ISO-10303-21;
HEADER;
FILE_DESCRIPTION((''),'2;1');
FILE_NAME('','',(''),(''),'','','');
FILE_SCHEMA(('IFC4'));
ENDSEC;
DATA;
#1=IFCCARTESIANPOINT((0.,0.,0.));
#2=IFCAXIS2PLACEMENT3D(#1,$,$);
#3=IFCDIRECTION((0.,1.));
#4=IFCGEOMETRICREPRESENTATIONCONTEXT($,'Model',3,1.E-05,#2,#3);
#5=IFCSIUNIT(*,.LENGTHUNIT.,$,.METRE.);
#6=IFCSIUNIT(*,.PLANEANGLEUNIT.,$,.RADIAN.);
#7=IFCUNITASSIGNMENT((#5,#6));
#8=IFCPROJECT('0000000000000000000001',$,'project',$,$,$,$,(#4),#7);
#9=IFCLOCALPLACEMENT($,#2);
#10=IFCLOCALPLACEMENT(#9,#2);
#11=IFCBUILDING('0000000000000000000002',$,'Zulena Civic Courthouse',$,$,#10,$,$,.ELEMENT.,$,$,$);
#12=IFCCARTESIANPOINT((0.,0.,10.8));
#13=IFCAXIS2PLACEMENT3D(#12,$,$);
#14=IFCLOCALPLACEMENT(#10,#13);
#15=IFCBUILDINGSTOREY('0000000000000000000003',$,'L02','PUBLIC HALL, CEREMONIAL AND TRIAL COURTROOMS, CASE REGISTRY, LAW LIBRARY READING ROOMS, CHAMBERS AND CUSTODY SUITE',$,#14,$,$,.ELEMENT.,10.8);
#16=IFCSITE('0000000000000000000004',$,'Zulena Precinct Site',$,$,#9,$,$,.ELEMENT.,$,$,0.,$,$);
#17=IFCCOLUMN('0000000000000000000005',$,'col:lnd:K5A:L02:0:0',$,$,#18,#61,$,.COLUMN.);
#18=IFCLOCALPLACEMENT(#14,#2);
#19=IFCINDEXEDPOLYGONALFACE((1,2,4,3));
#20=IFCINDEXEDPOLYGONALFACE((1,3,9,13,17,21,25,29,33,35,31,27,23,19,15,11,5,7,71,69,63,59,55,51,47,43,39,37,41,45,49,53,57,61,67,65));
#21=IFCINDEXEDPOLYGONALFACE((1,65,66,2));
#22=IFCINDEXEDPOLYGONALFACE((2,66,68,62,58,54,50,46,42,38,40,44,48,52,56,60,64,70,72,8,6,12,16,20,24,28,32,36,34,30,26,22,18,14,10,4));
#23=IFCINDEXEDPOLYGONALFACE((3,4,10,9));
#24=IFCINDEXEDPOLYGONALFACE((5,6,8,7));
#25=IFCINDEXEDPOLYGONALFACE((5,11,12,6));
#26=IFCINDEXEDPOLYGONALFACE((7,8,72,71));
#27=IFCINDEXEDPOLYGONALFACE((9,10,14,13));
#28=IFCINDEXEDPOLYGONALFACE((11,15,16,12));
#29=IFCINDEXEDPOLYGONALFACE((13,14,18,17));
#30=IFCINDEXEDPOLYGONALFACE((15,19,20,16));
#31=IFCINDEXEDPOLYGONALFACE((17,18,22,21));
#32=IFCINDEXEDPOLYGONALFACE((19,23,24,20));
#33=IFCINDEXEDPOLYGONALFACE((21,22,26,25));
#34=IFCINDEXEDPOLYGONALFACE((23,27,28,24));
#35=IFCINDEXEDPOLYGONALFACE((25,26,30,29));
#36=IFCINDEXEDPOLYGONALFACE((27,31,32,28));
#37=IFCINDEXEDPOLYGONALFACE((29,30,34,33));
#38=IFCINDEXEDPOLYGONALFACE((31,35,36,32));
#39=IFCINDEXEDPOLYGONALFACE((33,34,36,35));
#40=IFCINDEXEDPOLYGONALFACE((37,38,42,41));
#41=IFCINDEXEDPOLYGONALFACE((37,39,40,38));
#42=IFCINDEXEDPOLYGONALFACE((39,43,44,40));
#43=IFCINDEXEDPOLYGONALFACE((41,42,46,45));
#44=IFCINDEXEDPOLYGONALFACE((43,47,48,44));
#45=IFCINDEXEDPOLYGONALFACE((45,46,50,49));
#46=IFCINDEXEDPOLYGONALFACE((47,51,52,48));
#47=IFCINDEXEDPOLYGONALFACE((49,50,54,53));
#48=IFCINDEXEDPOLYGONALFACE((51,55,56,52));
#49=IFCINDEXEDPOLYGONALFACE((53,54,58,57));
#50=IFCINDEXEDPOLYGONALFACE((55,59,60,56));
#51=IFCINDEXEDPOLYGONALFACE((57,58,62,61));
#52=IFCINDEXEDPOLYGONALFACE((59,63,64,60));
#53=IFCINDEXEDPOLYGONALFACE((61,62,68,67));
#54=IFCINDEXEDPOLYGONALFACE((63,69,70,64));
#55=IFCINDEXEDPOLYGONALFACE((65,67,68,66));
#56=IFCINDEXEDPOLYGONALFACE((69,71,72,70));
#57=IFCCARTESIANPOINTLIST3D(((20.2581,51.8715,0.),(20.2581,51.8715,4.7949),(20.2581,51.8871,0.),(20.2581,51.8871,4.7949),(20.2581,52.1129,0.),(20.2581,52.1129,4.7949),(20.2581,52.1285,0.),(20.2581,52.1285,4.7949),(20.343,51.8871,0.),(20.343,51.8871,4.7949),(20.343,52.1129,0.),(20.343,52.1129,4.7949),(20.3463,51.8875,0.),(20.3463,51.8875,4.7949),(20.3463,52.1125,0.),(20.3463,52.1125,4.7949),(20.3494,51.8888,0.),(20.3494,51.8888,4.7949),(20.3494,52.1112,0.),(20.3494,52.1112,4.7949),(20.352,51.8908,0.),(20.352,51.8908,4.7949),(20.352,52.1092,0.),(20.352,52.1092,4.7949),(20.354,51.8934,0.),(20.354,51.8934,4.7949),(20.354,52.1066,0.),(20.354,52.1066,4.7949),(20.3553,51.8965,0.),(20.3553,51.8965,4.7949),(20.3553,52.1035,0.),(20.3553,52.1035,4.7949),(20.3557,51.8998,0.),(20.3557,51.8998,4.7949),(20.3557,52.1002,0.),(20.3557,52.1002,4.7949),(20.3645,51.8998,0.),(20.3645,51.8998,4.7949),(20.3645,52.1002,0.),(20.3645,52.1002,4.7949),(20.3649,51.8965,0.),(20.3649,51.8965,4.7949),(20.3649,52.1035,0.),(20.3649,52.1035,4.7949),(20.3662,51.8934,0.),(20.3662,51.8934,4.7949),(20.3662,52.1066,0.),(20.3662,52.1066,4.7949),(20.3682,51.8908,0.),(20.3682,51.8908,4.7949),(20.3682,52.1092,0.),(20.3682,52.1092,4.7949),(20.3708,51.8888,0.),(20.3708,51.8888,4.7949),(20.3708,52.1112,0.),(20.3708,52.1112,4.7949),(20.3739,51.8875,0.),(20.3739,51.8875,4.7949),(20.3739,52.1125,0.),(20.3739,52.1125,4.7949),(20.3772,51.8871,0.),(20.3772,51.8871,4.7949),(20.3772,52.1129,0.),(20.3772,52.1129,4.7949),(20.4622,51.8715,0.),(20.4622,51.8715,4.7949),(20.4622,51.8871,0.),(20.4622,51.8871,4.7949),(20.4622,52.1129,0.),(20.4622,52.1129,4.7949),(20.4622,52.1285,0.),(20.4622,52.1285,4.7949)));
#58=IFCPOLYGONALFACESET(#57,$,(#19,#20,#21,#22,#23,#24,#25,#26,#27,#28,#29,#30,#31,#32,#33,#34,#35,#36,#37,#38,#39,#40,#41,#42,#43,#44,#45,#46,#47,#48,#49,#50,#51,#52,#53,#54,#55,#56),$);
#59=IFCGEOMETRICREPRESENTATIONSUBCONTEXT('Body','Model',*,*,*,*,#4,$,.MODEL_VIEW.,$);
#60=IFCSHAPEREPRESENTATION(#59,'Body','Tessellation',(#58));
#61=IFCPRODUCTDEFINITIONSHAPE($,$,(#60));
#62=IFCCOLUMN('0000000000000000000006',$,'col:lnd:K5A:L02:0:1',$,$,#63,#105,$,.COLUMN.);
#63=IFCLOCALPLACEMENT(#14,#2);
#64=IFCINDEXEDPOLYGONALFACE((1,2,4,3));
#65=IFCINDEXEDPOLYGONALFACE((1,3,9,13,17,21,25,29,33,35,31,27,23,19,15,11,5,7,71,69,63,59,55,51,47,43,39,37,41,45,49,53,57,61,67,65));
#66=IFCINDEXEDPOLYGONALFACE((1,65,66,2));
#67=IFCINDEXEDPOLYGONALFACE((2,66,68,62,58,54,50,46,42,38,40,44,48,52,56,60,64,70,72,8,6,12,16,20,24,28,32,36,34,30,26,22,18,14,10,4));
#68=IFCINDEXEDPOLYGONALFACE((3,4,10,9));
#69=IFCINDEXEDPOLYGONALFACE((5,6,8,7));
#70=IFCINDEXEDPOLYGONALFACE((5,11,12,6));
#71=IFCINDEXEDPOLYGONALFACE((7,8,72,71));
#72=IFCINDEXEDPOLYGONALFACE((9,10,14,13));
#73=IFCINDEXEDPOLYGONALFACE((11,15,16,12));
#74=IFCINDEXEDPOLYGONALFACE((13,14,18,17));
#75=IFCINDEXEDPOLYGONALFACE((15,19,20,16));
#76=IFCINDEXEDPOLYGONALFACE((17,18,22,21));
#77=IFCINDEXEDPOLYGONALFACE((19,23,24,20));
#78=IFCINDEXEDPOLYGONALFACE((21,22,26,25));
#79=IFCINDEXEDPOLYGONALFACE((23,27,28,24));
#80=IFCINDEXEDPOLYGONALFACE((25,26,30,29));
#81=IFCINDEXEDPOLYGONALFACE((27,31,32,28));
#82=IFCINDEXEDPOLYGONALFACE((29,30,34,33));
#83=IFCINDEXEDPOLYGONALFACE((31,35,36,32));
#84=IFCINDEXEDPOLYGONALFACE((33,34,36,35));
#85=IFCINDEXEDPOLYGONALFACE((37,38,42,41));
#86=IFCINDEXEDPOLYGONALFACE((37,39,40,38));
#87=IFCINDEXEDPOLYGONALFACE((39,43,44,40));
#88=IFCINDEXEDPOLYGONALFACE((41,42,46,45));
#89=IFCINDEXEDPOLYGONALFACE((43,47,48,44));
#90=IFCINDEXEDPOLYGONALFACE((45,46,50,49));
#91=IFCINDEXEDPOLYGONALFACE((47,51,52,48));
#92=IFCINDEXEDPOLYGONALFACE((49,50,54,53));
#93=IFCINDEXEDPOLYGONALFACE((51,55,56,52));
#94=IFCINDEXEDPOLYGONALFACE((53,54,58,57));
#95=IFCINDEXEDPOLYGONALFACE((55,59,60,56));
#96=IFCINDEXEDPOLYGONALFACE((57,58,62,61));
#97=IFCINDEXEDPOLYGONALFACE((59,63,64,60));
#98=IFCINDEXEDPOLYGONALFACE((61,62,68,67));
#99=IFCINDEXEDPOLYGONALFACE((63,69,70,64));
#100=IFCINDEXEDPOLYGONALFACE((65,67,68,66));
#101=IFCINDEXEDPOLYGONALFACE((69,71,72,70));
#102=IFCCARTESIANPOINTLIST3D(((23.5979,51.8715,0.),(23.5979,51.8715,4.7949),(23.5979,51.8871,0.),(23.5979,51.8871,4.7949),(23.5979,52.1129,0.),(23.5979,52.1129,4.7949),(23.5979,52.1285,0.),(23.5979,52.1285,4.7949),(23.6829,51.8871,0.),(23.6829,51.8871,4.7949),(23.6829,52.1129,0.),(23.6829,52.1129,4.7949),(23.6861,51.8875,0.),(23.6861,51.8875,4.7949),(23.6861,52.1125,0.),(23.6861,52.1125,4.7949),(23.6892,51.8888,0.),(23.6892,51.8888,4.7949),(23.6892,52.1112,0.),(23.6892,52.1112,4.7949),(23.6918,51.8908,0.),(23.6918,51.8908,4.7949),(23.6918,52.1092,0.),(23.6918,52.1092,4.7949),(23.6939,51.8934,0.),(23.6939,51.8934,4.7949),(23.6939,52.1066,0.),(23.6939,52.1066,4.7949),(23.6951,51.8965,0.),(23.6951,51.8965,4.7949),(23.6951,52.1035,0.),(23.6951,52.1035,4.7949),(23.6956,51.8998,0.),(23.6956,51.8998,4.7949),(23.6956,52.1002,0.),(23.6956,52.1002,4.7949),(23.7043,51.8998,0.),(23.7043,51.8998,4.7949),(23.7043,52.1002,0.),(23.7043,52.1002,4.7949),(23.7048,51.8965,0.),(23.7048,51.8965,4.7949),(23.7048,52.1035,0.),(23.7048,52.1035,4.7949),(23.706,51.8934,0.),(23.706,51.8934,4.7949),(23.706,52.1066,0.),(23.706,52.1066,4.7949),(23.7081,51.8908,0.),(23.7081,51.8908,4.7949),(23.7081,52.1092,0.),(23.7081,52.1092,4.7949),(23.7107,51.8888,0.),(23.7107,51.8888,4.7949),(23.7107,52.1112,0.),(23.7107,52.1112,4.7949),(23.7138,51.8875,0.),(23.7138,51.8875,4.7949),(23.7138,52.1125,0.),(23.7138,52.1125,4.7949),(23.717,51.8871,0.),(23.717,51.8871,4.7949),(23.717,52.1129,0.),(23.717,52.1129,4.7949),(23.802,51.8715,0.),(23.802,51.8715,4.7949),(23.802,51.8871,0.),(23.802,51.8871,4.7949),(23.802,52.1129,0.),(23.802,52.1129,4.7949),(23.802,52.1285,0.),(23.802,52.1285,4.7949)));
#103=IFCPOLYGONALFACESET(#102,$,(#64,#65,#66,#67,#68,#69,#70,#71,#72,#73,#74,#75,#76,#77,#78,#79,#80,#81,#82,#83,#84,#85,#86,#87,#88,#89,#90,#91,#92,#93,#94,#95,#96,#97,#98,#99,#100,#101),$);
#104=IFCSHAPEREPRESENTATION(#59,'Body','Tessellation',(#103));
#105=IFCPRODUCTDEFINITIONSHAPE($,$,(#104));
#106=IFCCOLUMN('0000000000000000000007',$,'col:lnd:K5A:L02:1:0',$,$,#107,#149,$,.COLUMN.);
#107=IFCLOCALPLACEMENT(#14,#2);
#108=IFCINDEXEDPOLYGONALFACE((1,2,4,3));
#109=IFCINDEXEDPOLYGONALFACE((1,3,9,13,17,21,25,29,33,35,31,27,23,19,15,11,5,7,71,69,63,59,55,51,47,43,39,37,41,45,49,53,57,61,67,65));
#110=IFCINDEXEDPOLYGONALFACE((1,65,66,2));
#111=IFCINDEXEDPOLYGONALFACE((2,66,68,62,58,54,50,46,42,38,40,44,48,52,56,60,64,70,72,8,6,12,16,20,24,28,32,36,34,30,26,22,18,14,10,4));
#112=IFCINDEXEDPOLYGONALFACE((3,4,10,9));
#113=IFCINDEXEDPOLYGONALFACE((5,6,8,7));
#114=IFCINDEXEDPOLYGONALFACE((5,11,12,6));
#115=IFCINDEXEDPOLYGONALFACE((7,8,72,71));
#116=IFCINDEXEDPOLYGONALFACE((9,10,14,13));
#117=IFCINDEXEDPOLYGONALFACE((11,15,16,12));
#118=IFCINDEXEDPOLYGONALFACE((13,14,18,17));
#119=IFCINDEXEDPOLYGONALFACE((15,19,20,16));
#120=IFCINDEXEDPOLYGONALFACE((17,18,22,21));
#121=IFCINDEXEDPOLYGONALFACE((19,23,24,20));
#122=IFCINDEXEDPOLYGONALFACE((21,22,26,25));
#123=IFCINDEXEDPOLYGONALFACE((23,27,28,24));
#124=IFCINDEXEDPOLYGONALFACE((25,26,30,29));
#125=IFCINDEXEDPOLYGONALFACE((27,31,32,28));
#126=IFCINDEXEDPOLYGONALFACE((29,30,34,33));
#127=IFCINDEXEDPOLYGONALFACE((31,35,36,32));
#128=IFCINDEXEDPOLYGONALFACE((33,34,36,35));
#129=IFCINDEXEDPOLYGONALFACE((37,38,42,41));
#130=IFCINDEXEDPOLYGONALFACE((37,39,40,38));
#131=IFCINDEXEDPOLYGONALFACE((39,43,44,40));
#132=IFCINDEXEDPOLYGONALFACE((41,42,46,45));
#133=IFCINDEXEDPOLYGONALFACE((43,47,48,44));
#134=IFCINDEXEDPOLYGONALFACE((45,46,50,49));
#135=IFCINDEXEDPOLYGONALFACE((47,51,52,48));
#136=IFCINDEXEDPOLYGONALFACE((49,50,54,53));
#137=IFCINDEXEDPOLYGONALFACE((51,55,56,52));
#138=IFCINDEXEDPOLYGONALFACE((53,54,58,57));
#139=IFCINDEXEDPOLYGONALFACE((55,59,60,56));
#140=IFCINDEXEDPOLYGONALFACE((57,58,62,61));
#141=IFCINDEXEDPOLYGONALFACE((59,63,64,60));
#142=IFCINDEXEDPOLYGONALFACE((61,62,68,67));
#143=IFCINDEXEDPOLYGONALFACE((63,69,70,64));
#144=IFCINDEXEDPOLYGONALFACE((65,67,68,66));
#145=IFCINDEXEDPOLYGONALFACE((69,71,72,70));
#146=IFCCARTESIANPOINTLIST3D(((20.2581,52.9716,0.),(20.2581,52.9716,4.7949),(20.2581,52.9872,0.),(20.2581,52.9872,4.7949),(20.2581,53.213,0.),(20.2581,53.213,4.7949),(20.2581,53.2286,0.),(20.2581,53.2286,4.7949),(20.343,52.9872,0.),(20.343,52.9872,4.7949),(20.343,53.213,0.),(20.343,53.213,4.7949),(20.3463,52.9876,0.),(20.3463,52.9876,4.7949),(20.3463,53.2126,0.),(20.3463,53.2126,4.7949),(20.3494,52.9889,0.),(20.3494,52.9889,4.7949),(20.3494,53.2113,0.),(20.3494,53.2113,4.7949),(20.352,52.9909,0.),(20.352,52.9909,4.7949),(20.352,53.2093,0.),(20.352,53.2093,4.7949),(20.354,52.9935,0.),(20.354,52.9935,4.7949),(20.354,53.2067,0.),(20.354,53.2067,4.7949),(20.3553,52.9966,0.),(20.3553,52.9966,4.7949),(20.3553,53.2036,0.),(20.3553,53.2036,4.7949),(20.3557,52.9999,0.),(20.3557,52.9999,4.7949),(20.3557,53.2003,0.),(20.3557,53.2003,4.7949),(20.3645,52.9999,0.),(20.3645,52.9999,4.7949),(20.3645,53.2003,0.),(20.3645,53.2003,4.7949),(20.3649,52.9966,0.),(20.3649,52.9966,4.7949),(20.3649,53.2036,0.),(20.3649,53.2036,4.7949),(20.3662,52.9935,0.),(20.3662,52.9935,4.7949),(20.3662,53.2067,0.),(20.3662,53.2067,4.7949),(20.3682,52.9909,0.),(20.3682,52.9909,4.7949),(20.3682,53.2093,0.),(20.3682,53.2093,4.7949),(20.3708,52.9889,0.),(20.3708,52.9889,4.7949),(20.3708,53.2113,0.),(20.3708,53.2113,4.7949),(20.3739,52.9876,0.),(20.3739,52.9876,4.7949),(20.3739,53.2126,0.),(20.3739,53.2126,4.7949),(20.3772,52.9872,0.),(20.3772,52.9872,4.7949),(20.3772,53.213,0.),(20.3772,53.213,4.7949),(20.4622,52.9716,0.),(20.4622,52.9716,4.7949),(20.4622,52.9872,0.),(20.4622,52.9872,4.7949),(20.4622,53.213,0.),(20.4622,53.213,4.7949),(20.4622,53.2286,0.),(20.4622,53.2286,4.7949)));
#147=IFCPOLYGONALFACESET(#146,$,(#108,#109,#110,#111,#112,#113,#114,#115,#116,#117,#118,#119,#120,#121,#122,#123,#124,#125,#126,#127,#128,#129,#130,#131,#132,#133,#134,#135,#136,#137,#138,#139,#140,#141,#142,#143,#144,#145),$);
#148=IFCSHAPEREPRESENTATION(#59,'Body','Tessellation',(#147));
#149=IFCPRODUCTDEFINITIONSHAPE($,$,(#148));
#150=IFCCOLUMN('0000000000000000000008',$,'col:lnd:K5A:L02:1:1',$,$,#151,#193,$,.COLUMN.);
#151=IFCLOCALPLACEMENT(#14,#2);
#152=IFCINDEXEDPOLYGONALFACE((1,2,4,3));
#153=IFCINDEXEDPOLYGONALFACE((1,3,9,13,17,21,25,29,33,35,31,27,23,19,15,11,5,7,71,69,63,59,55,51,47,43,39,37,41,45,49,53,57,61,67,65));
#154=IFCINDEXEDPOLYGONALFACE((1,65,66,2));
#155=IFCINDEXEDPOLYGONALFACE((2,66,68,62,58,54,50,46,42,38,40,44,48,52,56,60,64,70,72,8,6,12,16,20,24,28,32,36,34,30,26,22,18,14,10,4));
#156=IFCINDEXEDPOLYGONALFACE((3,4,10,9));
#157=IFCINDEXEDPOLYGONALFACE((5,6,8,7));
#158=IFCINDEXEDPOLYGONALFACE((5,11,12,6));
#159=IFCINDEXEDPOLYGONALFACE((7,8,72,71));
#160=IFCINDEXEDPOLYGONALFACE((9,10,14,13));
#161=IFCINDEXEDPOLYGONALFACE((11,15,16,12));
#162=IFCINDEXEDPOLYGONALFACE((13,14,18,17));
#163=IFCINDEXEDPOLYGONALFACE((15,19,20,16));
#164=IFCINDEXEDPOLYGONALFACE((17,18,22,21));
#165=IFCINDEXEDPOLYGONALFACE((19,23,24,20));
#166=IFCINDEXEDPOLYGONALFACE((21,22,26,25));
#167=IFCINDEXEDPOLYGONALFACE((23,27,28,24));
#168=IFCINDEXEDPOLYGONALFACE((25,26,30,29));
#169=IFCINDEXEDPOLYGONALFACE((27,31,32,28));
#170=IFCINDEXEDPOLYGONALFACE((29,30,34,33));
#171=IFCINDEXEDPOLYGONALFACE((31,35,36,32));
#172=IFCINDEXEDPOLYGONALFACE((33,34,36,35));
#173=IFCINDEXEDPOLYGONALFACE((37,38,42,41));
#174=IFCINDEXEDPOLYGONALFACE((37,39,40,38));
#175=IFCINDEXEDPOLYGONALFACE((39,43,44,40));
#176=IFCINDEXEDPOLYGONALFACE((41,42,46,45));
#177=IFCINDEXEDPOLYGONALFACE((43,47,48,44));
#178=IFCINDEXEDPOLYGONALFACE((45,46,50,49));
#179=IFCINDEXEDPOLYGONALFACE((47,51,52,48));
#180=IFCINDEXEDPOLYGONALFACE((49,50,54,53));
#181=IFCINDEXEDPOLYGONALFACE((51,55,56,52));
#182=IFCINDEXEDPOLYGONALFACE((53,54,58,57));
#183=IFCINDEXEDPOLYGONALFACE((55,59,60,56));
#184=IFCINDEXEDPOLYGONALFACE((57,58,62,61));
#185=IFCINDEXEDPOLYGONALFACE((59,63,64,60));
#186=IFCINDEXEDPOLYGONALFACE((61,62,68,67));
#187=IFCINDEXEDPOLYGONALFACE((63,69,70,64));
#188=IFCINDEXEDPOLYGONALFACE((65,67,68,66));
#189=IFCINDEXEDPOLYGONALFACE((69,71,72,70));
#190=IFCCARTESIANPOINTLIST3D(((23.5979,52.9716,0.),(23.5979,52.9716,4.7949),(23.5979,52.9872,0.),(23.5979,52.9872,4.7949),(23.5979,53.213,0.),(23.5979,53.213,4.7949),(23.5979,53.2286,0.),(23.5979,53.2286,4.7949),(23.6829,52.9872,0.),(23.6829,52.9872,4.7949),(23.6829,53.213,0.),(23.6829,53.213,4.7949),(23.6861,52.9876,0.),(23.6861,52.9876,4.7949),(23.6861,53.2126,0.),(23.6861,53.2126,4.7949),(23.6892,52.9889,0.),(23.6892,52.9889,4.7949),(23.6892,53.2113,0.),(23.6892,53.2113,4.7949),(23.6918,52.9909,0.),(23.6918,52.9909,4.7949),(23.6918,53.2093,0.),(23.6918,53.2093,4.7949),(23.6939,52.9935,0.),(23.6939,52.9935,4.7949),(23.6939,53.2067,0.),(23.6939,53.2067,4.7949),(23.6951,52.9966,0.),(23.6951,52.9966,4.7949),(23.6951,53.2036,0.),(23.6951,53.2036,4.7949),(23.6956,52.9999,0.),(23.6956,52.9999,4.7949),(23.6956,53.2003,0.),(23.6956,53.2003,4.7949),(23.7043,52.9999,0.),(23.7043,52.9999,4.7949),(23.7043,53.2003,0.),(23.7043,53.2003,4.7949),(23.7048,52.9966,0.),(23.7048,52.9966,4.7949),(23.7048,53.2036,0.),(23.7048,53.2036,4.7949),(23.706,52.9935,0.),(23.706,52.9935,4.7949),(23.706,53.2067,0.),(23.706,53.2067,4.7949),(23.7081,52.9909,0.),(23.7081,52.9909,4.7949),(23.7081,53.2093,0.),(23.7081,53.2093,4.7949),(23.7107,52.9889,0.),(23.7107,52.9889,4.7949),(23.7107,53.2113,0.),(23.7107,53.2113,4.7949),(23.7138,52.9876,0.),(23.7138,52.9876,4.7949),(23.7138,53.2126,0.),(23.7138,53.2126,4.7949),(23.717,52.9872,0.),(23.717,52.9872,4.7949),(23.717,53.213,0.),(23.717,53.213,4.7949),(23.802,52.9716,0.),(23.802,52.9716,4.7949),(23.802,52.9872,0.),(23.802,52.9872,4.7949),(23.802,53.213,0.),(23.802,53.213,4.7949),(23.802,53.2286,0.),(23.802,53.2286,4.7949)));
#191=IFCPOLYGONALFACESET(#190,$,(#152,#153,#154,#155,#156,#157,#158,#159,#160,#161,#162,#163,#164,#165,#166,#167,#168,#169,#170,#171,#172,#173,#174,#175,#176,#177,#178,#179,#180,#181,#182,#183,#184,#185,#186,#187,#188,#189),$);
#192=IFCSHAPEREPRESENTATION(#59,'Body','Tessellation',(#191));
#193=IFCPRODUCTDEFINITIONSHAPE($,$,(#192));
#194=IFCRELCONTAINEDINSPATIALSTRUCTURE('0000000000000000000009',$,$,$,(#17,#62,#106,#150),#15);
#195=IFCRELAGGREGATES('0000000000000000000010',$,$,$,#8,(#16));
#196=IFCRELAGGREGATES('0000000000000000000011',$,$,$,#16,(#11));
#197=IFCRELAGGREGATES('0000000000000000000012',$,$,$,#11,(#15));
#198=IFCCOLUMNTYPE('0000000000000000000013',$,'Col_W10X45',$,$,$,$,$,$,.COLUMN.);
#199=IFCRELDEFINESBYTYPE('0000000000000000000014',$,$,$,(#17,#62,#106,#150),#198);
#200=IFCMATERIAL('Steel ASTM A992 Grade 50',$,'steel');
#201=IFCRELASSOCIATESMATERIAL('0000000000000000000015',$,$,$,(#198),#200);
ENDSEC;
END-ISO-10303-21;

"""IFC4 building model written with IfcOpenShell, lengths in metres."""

from ifc_helpers import new_model, si_unit, direction, frame, origin, origin_2d, place, context, subcontext, project, spatial, i_section, extrude, material, material_profile, profile_set, type_object, element, save


model = new_model("IFC4")

# Units and contexts
model_context = context("Model", 3, precision=1e-05, world=origin(), true_north=direction((0.0, 1.0)))
body_context = subcontext(model_context, "Body", "Model", "MODEL_VIEW")
ifc_project = project(units=[si_unit("LENGTHUNIT", "METRE"), si_unit("PLANEANGLEUNIT", "RADIAN")], contexts=[model_context])

# Site, building, storey
site_placement = place(None, origin())
site = spatial("IfcSite", under=ifc_project, at=site_placement, Name="Zulena Precinct Site", CompositionType="ELEMENT", RefElevation=0.0)
building_placement = place(site_placement, origin())
building = spatial("IfcBuilding", under=site, at=building_placement, Name="Zulena Civic Courthouse", CompositionType="ELEMENT")
storey_placement = place(building_placement, frame((0.0, 0.0, 10.8)))
storey = spatial("IfcBuildingStorey", under=building, at=storey_placement, Name="L02", Description="PUBLIC HALL, CEREMONIAL AND TRIAL COURTROOMS, CASE REGISTRY, LAW LIBRARY READING ROOMS, CHAMBERS AND CUSTODY SUITE", CompositionType="ELEMENT", Elevation=10.8)

# Columns
ifc_material_1 = material(Name="Steel ASTM A992 Grade 50", Category="steel")
ifc_material_profile_1 = material_profile(ifc_material_1, i_section(OverallWidth=0.2041, OverallDepth=0.2571, WebThickness=0.0088, FlangeThickness=0.0156, FilletRadius=0.0127, at=origin_2d()), Name="W10X45")
ifc_profile_set_1 = profile_set([ifc_material_profile_1], Name="Steel ASTM A992 Grade 50")
column_type_1 = type_object("IfcColumnType", Name="Col_W10X45", PredefinedType="COLUMN", material=ifc_profile_set_1)
for number, where, z_axis, x_axis, name in (
    (1, (20.3601, 52.0, 0.0), (0.0, 0.0, 1.0), (1.0, 0.0, 0.0), "col:lnd:K5A:L02:0:0"),
    (2, (23.7, 52.0, 0.0), (0.0, 0.0, 1.0), (1.0, 0.0, 0.0), "col:lnd:K5A:L02:0:1"),
    (3, (20.3601, 53.1001, 0.0), (0.0, 0.0, 1.0), (1.0, 0.0, 0.0), "col:lnd:K5A:L02:1:0"),
    (4, (23.7, 53.1001, 0.0), (0.0, 0.0, 1.0), (1.0, 0.0, 0.0), "col:lnd:K5A:L02:1:1"),
):
    element("IfcColumn", number, at=place(storey_placement, frame(where, z_axis=z_axis, x_axis=x_axis)), inside=storey, type_object=column_type_1, Name=name, PredefinedType="COLUMN", context=body_context, shape_type="SweptSolid", body=[
        extrude(i_section(OverallWidth=0.2041, OverallDepth=0.2571, WebThickness=0.0088, FlangeThickness=0.0156, FilletRadius=0.0127, at=origin_2d()), origin(), (0.0, 0.0, 1.0), 4.7949),
    ])

save(model, "model.ifc")
